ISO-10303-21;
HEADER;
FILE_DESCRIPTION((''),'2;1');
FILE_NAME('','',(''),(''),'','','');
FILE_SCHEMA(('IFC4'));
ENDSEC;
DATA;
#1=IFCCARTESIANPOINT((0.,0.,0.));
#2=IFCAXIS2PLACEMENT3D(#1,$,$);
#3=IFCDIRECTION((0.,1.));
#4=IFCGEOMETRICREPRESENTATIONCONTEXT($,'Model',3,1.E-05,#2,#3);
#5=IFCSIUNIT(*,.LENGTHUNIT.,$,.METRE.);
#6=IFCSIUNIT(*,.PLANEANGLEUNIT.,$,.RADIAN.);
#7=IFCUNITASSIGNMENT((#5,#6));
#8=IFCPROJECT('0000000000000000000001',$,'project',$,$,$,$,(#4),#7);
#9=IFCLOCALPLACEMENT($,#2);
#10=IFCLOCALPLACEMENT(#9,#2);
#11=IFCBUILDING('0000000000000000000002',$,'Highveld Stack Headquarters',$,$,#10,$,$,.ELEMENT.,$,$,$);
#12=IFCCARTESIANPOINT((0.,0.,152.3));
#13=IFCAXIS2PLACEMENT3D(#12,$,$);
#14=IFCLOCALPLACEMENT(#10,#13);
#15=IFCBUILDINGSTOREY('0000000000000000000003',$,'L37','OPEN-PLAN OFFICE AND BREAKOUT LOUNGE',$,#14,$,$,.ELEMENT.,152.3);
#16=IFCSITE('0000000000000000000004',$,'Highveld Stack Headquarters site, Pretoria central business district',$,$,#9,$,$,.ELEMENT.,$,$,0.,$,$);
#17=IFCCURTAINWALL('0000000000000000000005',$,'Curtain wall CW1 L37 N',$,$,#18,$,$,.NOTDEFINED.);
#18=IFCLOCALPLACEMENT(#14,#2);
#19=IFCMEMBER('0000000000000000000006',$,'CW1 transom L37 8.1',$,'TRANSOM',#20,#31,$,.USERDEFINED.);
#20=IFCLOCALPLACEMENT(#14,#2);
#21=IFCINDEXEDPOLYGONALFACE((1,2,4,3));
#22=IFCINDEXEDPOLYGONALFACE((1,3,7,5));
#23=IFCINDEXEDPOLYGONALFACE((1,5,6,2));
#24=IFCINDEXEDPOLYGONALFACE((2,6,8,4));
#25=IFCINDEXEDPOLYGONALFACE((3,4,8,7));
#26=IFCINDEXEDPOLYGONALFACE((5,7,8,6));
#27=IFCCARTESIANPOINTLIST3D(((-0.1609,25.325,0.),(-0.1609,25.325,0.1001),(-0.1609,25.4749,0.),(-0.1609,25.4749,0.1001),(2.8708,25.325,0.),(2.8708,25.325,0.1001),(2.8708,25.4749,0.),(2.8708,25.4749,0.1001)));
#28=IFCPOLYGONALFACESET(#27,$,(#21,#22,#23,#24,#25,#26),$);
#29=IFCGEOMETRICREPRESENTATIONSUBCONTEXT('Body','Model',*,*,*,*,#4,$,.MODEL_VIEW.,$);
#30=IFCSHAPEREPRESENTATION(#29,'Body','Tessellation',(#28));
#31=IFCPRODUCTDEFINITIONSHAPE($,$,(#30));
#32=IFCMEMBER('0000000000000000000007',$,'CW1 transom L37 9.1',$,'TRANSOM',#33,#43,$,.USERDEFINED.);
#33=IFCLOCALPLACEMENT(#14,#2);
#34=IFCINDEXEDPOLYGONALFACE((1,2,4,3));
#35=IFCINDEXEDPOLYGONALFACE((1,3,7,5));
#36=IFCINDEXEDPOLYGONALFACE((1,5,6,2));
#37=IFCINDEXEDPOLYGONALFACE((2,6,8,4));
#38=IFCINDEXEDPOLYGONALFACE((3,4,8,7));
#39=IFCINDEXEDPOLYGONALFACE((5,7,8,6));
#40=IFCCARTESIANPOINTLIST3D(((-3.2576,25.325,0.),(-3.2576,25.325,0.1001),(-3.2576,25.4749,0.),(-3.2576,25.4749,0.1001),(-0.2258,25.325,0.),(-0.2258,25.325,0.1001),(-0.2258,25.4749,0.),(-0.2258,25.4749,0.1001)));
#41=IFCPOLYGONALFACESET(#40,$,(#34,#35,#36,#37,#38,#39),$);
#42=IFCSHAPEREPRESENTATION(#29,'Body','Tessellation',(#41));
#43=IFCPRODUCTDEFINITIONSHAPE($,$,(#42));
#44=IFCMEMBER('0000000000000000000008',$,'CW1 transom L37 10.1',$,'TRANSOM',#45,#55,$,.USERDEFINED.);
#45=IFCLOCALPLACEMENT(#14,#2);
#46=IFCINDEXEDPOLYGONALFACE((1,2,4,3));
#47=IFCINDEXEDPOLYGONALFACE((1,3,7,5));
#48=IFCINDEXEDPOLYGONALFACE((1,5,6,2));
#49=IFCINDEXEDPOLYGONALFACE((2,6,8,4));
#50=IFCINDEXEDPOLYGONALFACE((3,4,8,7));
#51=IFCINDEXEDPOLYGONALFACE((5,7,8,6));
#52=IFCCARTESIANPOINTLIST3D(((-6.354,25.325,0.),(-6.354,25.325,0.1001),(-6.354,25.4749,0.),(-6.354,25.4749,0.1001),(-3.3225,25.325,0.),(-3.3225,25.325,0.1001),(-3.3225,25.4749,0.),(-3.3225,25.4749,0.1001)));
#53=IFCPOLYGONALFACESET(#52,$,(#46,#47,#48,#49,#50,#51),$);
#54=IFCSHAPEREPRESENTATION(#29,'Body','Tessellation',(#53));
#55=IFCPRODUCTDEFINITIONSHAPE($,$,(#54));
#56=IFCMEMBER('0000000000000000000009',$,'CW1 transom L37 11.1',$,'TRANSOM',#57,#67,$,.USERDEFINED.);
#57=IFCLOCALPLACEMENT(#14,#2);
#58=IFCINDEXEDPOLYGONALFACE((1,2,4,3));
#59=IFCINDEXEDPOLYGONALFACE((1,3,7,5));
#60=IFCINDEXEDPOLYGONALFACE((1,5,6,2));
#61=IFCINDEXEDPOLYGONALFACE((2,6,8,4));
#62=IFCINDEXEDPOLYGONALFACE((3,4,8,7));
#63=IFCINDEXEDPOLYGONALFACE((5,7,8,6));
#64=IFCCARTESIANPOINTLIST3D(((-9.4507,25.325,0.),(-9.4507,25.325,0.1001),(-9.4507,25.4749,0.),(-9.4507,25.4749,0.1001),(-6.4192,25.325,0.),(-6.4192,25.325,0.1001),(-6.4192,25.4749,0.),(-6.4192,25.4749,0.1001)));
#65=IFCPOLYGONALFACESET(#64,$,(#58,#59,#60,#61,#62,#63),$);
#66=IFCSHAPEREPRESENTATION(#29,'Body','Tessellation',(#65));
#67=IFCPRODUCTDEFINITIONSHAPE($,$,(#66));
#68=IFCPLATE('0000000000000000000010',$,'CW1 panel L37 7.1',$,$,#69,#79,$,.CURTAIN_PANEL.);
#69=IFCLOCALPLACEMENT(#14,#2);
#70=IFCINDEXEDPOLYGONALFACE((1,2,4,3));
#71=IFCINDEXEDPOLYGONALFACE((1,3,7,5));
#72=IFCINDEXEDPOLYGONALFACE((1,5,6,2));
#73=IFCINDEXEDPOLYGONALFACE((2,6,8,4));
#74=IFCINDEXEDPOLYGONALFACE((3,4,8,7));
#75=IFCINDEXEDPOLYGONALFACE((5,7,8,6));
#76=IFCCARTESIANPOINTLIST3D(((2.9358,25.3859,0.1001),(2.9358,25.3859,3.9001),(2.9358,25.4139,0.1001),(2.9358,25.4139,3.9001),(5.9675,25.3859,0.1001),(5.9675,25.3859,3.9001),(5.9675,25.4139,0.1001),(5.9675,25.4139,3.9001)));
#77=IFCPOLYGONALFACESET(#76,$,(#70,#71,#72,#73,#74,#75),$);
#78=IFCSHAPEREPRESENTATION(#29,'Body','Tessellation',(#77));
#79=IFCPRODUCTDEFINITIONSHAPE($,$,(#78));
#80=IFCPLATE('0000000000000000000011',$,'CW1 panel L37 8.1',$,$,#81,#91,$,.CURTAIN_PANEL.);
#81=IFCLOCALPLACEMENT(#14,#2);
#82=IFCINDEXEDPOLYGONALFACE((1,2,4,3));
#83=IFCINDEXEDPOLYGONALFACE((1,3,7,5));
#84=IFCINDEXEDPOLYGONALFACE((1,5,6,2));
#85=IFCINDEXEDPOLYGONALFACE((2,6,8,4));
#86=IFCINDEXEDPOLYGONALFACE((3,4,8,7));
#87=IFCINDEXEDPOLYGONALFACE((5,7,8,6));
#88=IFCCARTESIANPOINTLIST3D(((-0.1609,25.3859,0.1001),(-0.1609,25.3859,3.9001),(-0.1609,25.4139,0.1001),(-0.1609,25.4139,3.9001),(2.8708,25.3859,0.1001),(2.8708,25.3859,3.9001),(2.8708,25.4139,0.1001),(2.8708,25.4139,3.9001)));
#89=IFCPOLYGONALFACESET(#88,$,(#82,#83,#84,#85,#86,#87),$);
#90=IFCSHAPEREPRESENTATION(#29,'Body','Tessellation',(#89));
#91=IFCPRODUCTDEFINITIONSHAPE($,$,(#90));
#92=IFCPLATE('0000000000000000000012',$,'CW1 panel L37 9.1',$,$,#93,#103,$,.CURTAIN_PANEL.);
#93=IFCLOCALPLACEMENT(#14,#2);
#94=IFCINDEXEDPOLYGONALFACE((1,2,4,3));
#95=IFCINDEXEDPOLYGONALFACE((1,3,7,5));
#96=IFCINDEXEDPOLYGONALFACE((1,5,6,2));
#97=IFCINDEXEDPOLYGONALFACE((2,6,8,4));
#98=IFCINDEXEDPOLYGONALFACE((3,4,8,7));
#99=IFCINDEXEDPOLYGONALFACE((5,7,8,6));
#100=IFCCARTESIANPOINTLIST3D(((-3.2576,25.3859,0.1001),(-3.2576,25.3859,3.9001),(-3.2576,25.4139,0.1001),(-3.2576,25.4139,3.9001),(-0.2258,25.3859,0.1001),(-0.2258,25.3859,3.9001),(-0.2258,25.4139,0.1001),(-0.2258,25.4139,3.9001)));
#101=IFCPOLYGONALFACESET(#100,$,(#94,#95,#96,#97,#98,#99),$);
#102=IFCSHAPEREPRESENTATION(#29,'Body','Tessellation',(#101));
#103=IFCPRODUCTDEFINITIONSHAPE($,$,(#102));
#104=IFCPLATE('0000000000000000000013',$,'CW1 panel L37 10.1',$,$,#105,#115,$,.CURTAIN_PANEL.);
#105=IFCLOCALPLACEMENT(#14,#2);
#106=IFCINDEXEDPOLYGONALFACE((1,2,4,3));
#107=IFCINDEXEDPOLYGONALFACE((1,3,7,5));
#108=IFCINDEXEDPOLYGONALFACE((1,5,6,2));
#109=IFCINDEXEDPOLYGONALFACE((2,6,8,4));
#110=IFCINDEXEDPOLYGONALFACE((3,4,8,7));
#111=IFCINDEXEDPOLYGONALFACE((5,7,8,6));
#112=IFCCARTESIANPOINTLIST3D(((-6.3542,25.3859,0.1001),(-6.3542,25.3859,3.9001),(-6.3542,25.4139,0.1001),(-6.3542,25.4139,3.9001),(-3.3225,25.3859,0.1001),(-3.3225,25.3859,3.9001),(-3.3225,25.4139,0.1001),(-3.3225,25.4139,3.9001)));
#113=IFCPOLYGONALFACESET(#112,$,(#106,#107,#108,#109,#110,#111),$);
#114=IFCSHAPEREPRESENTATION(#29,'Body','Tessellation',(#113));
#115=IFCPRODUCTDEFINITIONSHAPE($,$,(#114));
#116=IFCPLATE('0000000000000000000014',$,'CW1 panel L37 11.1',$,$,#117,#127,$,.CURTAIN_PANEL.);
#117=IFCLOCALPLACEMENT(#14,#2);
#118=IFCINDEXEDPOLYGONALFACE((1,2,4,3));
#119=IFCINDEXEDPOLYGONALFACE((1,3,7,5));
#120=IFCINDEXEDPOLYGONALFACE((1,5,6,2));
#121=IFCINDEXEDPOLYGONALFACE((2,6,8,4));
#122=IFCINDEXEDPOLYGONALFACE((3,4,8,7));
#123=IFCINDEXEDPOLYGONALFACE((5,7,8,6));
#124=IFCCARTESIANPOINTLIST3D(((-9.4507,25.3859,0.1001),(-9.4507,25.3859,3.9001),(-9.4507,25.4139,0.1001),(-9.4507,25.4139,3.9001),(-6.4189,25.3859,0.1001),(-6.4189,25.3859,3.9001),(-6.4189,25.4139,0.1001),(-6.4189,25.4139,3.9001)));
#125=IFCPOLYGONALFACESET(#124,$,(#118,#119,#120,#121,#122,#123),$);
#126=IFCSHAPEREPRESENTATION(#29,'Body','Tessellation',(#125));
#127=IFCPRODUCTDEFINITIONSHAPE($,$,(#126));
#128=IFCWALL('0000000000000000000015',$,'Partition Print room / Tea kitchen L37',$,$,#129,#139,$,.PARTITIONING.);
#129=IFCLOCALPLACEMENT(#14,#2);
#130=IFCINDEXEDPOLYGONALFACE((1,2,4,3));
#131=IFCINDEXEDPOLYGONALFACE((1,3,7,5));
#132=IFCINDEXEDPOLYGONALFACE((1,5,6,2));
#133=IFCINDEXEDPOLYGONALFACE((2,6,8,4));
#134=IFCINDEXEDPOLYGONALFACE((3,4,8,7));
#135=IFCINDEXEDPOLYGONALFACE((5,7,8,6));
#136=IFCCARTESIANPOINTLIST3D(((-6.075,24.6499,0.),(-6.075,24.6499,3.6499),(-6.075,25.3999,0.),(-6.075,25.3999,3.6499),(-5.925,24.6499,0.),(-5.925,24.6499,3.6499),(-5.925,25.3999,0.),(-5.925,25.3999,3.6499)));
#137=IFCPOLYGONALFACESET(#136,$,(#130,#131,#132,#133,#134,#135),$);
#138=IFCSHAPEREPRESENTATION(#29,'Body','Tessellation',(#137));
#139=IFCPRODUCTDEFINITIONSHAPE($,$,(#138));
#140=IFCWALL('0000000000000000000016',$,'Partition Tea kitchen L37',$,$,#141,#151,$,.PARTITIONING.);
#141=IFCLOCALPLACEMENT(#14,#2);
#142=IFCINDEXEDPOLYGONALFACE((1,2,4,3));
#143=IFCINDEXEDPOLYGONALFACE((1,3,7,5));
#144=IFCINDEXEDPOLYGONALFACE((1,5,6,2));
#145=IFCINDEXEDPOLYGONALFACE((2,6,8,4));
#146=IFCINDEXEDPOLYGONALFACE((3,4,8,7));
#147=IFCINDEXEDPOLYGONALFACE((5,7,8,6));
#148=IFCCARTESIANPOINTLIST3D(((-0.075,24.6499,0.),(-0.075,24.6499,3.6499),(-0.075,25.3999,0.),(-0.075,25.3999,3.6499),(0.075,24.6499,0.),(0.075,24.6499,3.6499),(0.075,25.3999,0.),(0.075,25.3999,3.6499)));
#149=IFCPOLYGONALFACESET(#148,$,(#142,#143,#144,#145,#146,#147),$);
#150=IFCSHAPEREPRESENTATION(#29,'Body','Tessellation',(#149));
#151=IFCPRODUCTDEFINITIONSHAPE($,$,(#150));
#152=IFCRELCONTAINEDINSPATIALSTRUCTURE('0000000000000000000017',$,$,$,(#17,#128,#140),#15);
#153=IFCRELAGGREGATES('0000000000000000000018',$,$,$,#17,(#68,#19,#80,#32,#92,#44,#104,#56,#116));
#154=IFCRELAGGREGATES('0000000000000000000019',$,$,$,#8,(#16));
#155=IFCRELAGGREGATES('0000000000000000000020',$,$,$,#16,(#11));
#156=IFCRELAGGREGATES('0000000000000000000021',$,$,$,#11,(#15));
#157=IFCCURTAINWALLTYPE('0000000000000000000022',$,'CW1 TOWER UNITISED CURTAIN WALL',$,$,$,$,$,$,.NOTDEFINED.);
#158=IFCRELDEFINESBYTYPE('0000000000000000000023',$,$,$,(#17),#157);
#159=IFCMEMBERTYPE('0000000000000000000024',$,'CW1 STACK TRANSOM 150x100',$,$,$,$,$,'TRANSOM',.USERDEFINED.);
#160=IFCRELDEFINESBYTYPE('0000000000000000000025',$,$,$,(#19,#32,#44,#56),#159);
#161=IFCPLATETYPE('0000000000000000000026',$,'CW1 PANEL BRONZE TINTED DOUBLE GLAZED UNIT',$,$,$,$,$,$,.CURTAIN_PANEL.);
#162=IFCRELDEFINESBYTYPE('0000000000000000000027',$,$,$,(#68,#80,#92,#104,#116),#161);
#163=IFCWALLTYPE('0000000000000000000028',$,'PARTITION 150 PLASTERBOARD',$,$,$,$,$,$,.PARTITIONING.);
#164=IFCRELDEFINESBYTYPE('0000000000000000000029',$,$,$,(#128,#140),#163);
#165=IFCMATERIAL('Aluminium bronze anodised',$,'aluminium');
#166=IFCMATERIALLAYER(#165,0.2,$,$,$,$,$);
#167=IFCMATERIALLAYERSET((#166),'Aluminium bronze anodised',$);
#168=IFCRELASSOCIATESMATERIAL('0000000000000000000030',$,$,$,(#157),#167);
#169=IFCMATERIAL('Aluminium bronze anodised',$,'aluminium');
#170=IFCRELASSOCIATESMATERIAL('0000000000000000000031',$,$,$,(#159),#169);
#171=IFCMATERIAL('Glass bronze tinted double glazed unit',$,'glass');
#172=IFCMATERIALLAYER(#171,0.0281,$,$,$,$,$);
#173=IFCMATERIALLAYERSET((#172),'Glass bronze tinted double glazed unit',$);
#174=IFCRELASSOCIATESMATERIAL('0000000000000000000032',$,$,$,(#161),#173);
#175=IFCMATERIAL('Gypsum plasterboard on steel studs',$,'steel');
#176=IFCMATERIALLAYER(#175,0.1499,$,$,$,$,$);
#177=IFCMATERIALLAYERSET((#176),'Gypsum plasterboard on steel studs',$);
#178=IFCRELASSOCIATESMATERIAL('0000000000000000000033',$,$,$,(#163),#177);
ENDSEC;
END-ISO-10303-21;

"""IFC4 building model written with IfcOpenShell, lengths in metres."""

from ifc_helpers import new_model, si_unit, direction, frame, frame_2d, origin, origin_2d, place, context, subcontext, project, spatial, rectangle, extrude, material, layer, layer_set, material_profile, profile_set, type_object, element, aggregate, save


model = new_model("IFC4")

# Units and contexts
model_context = context("Model", 3, precision=1e-05, world=origin(), true_north=direction((0.0, 1.0)))
body_context = subcontext(model_context, "Body", "Model", "MODEL_VIEW")
ifc_project = project(units=[si_unit("LENGTHUNIT", "METRE"), si_unit("PLANEANGLEUNIT", "RADIAN")], contexts=[model_context])

# Site, building, storey
site_placement = place(None, origin())
site = spatial("IfcSite", under=ifc_project, at=site_placement, Name="Highveld Stack Headquarters site, Pretoria central business district", CompositionType="ELEMENT", RefElevation=0.0)
building_placement = place(site_placement, origin())
building = spatial("IfcBuilding", under=site, at=building_placement, Name="Highveld Stack Headquarters", CompositionType="ELEMENT")
storey_placement = place(building_placement, frame((0.0, 0.0, 152.3)))
storey = spatial("IfcBuildingStorey", under=building, at=storey_placement, Name="L37", Description="OPEN-PLAN OFFICE AND BREAKOUT LOUNGE", CompositionType="ELEMENT", Elevation=152.3)

# Curtain wall, members, plates
ifc_material_1 = material(Name="Aluminium bronze anodised", Category="aluminium")
ifc_layer_1 = layer(ifc_material_1, 0.2)
ifc_layer_set_1 = layer_set([ifc_layer_1], Name="Aluminium bronze anodised")
curtain_wall_type = type_object("IfcCurtainWallType", Name="CW1 TOWER UNITISED CURTAIN WALL", PredefinedType="NOTDEFINED", material=ifc_layer_set_1)
curtain_wall_placement = place(storey_placement, origin())
curtain_wall = element("IfcCurtainWall", 1, at=curtain_wall_placement, inside=storey, type_object=curtain_wall_type, Name="Curtain wall CW1 L37 N", PredefinedType="NOTDEFINED")
ifc_material_2 = material(Name="Aluminium bronze anodised", Category="aluminium")
ifc_material_profile_1 = material_profile(ifc_material_2, rectangle(XDim=0.1499, YDim=0.1001, at=origin_2d()), Name="CW1 TRANSOM 150x100")
ifc_profile_set_1 = profile_set([ifc_material_profile_1], Name="Aluminium bronze anodised")
member_type_1 = type_object("IfcMemberType", Name="CW1 STACK TRANSOM 150x100", ElementType="TRANSOM", PredefinedType="USERDEFINED", material=ifc_profile_set_1)
member_1_placement = place(storey_placement, frame((2.8708, 25.3999, 0.05), z_axis=(-1.0, 0.0, 0.0), x_axis=(0.0, -1.0, 0.0)))
member_1 = element("IfcMember", 2, at=member_1_placement, type_object=member_type_1, Name="CW1 transom L37 8.1", ObjectType="TRANSOM", PredefinedType="USERDEFINED", context=body_context, shape_type="SweptSolid", body=[
    extrude(rectangle(XDim=0.1499, YDim=0.1001, at=origin_2d()), origin(), (0.0, 0.0, 1.0), 3.0317),
])
member_2_placement = place(storey_placement, frame((-0.2258, 25.3999, 0.05), z_axis=(-1.0, 0.0, 0.0), x_axis=(0.0, -1.0, 0.0)))
member_2 = element("IfcMember", 3, at=member_2_placement, type_object=member_type_1, Name="CW1 transom L37 9.1", ObjectType="TRANSOM", PredefinedType="USERDEFINED", context=body_context, shape_type="SweptSolid", body=[
    extrude(rectangle(XDim=0.1499, YDim=0.1001, at=origin_2d()), origin(), (0.0, 0.0, 1.0), 3.0317),
])
member_3_placement = place(storey_placement, frame((-3.3225, 25.3999, 0.05), z_axis=(-1.0, 0.0, 0.0), x_axis=(0.0, -1.0, 0.0)))
member_3 = element("IfcMember", 4, at=member_3_placement, type_object=member_type_1, Name="CW1 transom L37 10.1", ObjectType="TRANSOM", PredefinedType="USERDEFINED", context=body_context, shape_type="SweptSolid", body=[
    extrude(rectangle(XDim=0.1499, YDim=0.1001, at=origin_2d()), origin(), (0.0, 0.0, 1.0), 3.0315),
])
member_4_placement = place(storey_placement, frame((-6.4192, 25.3999, 0.05), z_axis=(-1.0, 0.0, 0.0), x_axis=(0.0, -1.0, 0.0)))
member_4 = element("IfcMember", 5, at=member_4_placement, type_object=member_type_1, Name="CW1 transom L37 11.1", ObjectType="TRANSOM", PredefinedType="USERDEFINED", context=body_context, shape_type="SweptSolid", body=[
    extrude(rectangle(XDim=0.1499, YDim=0.1001, at=origin_2d()), origin(), (0.0, 0.0, 1.0), 3.0315),
])
ifc_material_3 = material(Name="Glass bronze tinted double glazed unit", Category="glass")
ifc_layer_2 = layer(ifc_material_3, 0.0281)
ifc_layer_set_2 = layer_set([ifc_layer_2], Name="Glass bronze tinted double glazed unit")
plate_type = type_object("IfcPlateType", Name="CW1 PANEL BRONZE TINTED DOUBLE GLAZED UNIT", PredefinedType="CURTAIN_PANEL", material=ifc_layer_set_2)
plate_1_placement = place(storey_placement, frame((4.4517, 25.3999, 0.1001), z_axis=(0.0, 0.0, 1.0), x_axis=(-1.0, 0.0, 0.0)))
plate_1 = element("IfcPlate", 6, at=plate_1_placement, type_object=plate_type, Name="CW1 panel L37 7.1", PredefinedType="CURTAIN_PANEL", context=body_context, shape_type="SweptSolid", body=[
    extrude(rectangle(XDim=3.0317, YDim=0.0281, at=origin_2d()), origin(), (0.0, 0.0, 1.0), 3.8),
])
plate_2_placement = place(storey_placement, frame((1.355, 25.3999, 0.1001), z_axis=(0.0, 0.0, 1.0), x_axis=(-1.0, 0.0, 0.0)))
plate_2 = element("IfcPlate", 7, at=plate_2_placement, type_object=plate_type, Name="CW1 panel L37 8.1", PredefinedType="CURTAIN_PANEL", context=body_context, shape_type="SweptSolid", body=[
    extrude(rectangle(XDim=3.0317, YDim=0.0281, at=origin_2d()), origin(), (0.0, 0.0, 1.0), 3.8),
])
plate_3_placement = place(storey_placement, frame((-1.7417, 25.3999, 0.1001), z_axis=(0.0, 0.0, 1.0), x_axis=(-1.0, 0.0, 0.0)))
plate_3 = element("IfcPlate", 8, at=plate_3_placement, type_object=plate_type, Name="CW1 panel L37 9.1", PredefinedType="CURTAIN_PANEL", context=body_context, shape_type="SweptSolid", body=[
    extrude(rectangle(XDim=3.0317, YDim=0.0281, at=origin_2d()), origin(), (0.0, 0.0, 1.0), 3.8),
])
plate_4_placement = place(storey_placement, frame((-4.8384, 25.3999, 0.1001), z_axis=(0.0, 0.0, 1.0), x_axis=(-1.0, 0.0, 0.0)))
plate_4 = element("IfcPlate", 9, at=plate_4_placement, type_object=plate_type, Name="CW1 panel L37 10.1", PredefinedType="CURTAIN_PANEL", context=body_context, shape_type="SweptSolid", body=[
    extrude(rectangle(XDim=3.0317, YDim=0.0281, at=origin_2d()), origin(), (0.0, 0.0, 1.0), 3.8),
])
plate_5_placement = place(storey_placement, frame((-7.9348, 25.3999, 0.1001), z_axis=(0.0, 0.0, 1.0), x_axis=(-1.0, 0.0, 0.0)))
plate_5 = element("IfcPlate", 10, at=plate_5_placement, type_object=plate_type, Name="CW1 panel L37 11.1", PredefinedType="CURTAIN_PANEL", context=body_context, shape_type="SweptSolid", body=[
    extrude(rectangle(XDim=3.0317, YDim=0.0281, at=origin_2d()), origin(), (0.0, 0.0, 1.0), 3.8),
])
aggregate(curtain_wall, [plate_1, member_1, plate_2, member_2, plate_3, member_3, plate_4, member_4, plate_5])

# Walls
ifc_material_4 = material(Name="Gypsum plasterboard on steel studs", Category="steel")
ifc_layer_3 = layer(ifc_material_4, 0.1499)
ifc_layer_set_3 = layer_set([ifc_layer_3], Name="Gypsum plasterboard on steel studs")
wall_type = type_object("IfcWallType", Name="PARTITION 150 PLASTERBOARD", PredefinedType="PARTITIONING", material=ifc_layer_set_3)
for number, where, z_axis, x_axis, name in (
    (11, (-6.0, 24.6499, 0.0), (0.0, 0.0, 1.0), (0.0, 1.0, 0.0), "Partition Print room / Tea kitchen L37"),
    (12, (0.0, 24.6499, 0.0), (0.0, 0.0, 1.0), (0.0, 1.0, 0.0), "Partition Tea kitchen L37"),
):
    element("IfcWall", number, at=place(storey_placement, frame(where, z_axis=z_axis, x_axis=x_axis)), inside=storey, type_object=wall_type, Name=name, PredefinedType="PARTITIONING", context=body_context, shape_type="SweptSolid", body=[
        extrude(rectangle(XDim=0.75, YDim=0.1499, at=frame_2d((0.375, 0.0))), origin(), (0.0, 0.0, 1.0), 3.6499),
    ])

save(model, "model.ifc")
